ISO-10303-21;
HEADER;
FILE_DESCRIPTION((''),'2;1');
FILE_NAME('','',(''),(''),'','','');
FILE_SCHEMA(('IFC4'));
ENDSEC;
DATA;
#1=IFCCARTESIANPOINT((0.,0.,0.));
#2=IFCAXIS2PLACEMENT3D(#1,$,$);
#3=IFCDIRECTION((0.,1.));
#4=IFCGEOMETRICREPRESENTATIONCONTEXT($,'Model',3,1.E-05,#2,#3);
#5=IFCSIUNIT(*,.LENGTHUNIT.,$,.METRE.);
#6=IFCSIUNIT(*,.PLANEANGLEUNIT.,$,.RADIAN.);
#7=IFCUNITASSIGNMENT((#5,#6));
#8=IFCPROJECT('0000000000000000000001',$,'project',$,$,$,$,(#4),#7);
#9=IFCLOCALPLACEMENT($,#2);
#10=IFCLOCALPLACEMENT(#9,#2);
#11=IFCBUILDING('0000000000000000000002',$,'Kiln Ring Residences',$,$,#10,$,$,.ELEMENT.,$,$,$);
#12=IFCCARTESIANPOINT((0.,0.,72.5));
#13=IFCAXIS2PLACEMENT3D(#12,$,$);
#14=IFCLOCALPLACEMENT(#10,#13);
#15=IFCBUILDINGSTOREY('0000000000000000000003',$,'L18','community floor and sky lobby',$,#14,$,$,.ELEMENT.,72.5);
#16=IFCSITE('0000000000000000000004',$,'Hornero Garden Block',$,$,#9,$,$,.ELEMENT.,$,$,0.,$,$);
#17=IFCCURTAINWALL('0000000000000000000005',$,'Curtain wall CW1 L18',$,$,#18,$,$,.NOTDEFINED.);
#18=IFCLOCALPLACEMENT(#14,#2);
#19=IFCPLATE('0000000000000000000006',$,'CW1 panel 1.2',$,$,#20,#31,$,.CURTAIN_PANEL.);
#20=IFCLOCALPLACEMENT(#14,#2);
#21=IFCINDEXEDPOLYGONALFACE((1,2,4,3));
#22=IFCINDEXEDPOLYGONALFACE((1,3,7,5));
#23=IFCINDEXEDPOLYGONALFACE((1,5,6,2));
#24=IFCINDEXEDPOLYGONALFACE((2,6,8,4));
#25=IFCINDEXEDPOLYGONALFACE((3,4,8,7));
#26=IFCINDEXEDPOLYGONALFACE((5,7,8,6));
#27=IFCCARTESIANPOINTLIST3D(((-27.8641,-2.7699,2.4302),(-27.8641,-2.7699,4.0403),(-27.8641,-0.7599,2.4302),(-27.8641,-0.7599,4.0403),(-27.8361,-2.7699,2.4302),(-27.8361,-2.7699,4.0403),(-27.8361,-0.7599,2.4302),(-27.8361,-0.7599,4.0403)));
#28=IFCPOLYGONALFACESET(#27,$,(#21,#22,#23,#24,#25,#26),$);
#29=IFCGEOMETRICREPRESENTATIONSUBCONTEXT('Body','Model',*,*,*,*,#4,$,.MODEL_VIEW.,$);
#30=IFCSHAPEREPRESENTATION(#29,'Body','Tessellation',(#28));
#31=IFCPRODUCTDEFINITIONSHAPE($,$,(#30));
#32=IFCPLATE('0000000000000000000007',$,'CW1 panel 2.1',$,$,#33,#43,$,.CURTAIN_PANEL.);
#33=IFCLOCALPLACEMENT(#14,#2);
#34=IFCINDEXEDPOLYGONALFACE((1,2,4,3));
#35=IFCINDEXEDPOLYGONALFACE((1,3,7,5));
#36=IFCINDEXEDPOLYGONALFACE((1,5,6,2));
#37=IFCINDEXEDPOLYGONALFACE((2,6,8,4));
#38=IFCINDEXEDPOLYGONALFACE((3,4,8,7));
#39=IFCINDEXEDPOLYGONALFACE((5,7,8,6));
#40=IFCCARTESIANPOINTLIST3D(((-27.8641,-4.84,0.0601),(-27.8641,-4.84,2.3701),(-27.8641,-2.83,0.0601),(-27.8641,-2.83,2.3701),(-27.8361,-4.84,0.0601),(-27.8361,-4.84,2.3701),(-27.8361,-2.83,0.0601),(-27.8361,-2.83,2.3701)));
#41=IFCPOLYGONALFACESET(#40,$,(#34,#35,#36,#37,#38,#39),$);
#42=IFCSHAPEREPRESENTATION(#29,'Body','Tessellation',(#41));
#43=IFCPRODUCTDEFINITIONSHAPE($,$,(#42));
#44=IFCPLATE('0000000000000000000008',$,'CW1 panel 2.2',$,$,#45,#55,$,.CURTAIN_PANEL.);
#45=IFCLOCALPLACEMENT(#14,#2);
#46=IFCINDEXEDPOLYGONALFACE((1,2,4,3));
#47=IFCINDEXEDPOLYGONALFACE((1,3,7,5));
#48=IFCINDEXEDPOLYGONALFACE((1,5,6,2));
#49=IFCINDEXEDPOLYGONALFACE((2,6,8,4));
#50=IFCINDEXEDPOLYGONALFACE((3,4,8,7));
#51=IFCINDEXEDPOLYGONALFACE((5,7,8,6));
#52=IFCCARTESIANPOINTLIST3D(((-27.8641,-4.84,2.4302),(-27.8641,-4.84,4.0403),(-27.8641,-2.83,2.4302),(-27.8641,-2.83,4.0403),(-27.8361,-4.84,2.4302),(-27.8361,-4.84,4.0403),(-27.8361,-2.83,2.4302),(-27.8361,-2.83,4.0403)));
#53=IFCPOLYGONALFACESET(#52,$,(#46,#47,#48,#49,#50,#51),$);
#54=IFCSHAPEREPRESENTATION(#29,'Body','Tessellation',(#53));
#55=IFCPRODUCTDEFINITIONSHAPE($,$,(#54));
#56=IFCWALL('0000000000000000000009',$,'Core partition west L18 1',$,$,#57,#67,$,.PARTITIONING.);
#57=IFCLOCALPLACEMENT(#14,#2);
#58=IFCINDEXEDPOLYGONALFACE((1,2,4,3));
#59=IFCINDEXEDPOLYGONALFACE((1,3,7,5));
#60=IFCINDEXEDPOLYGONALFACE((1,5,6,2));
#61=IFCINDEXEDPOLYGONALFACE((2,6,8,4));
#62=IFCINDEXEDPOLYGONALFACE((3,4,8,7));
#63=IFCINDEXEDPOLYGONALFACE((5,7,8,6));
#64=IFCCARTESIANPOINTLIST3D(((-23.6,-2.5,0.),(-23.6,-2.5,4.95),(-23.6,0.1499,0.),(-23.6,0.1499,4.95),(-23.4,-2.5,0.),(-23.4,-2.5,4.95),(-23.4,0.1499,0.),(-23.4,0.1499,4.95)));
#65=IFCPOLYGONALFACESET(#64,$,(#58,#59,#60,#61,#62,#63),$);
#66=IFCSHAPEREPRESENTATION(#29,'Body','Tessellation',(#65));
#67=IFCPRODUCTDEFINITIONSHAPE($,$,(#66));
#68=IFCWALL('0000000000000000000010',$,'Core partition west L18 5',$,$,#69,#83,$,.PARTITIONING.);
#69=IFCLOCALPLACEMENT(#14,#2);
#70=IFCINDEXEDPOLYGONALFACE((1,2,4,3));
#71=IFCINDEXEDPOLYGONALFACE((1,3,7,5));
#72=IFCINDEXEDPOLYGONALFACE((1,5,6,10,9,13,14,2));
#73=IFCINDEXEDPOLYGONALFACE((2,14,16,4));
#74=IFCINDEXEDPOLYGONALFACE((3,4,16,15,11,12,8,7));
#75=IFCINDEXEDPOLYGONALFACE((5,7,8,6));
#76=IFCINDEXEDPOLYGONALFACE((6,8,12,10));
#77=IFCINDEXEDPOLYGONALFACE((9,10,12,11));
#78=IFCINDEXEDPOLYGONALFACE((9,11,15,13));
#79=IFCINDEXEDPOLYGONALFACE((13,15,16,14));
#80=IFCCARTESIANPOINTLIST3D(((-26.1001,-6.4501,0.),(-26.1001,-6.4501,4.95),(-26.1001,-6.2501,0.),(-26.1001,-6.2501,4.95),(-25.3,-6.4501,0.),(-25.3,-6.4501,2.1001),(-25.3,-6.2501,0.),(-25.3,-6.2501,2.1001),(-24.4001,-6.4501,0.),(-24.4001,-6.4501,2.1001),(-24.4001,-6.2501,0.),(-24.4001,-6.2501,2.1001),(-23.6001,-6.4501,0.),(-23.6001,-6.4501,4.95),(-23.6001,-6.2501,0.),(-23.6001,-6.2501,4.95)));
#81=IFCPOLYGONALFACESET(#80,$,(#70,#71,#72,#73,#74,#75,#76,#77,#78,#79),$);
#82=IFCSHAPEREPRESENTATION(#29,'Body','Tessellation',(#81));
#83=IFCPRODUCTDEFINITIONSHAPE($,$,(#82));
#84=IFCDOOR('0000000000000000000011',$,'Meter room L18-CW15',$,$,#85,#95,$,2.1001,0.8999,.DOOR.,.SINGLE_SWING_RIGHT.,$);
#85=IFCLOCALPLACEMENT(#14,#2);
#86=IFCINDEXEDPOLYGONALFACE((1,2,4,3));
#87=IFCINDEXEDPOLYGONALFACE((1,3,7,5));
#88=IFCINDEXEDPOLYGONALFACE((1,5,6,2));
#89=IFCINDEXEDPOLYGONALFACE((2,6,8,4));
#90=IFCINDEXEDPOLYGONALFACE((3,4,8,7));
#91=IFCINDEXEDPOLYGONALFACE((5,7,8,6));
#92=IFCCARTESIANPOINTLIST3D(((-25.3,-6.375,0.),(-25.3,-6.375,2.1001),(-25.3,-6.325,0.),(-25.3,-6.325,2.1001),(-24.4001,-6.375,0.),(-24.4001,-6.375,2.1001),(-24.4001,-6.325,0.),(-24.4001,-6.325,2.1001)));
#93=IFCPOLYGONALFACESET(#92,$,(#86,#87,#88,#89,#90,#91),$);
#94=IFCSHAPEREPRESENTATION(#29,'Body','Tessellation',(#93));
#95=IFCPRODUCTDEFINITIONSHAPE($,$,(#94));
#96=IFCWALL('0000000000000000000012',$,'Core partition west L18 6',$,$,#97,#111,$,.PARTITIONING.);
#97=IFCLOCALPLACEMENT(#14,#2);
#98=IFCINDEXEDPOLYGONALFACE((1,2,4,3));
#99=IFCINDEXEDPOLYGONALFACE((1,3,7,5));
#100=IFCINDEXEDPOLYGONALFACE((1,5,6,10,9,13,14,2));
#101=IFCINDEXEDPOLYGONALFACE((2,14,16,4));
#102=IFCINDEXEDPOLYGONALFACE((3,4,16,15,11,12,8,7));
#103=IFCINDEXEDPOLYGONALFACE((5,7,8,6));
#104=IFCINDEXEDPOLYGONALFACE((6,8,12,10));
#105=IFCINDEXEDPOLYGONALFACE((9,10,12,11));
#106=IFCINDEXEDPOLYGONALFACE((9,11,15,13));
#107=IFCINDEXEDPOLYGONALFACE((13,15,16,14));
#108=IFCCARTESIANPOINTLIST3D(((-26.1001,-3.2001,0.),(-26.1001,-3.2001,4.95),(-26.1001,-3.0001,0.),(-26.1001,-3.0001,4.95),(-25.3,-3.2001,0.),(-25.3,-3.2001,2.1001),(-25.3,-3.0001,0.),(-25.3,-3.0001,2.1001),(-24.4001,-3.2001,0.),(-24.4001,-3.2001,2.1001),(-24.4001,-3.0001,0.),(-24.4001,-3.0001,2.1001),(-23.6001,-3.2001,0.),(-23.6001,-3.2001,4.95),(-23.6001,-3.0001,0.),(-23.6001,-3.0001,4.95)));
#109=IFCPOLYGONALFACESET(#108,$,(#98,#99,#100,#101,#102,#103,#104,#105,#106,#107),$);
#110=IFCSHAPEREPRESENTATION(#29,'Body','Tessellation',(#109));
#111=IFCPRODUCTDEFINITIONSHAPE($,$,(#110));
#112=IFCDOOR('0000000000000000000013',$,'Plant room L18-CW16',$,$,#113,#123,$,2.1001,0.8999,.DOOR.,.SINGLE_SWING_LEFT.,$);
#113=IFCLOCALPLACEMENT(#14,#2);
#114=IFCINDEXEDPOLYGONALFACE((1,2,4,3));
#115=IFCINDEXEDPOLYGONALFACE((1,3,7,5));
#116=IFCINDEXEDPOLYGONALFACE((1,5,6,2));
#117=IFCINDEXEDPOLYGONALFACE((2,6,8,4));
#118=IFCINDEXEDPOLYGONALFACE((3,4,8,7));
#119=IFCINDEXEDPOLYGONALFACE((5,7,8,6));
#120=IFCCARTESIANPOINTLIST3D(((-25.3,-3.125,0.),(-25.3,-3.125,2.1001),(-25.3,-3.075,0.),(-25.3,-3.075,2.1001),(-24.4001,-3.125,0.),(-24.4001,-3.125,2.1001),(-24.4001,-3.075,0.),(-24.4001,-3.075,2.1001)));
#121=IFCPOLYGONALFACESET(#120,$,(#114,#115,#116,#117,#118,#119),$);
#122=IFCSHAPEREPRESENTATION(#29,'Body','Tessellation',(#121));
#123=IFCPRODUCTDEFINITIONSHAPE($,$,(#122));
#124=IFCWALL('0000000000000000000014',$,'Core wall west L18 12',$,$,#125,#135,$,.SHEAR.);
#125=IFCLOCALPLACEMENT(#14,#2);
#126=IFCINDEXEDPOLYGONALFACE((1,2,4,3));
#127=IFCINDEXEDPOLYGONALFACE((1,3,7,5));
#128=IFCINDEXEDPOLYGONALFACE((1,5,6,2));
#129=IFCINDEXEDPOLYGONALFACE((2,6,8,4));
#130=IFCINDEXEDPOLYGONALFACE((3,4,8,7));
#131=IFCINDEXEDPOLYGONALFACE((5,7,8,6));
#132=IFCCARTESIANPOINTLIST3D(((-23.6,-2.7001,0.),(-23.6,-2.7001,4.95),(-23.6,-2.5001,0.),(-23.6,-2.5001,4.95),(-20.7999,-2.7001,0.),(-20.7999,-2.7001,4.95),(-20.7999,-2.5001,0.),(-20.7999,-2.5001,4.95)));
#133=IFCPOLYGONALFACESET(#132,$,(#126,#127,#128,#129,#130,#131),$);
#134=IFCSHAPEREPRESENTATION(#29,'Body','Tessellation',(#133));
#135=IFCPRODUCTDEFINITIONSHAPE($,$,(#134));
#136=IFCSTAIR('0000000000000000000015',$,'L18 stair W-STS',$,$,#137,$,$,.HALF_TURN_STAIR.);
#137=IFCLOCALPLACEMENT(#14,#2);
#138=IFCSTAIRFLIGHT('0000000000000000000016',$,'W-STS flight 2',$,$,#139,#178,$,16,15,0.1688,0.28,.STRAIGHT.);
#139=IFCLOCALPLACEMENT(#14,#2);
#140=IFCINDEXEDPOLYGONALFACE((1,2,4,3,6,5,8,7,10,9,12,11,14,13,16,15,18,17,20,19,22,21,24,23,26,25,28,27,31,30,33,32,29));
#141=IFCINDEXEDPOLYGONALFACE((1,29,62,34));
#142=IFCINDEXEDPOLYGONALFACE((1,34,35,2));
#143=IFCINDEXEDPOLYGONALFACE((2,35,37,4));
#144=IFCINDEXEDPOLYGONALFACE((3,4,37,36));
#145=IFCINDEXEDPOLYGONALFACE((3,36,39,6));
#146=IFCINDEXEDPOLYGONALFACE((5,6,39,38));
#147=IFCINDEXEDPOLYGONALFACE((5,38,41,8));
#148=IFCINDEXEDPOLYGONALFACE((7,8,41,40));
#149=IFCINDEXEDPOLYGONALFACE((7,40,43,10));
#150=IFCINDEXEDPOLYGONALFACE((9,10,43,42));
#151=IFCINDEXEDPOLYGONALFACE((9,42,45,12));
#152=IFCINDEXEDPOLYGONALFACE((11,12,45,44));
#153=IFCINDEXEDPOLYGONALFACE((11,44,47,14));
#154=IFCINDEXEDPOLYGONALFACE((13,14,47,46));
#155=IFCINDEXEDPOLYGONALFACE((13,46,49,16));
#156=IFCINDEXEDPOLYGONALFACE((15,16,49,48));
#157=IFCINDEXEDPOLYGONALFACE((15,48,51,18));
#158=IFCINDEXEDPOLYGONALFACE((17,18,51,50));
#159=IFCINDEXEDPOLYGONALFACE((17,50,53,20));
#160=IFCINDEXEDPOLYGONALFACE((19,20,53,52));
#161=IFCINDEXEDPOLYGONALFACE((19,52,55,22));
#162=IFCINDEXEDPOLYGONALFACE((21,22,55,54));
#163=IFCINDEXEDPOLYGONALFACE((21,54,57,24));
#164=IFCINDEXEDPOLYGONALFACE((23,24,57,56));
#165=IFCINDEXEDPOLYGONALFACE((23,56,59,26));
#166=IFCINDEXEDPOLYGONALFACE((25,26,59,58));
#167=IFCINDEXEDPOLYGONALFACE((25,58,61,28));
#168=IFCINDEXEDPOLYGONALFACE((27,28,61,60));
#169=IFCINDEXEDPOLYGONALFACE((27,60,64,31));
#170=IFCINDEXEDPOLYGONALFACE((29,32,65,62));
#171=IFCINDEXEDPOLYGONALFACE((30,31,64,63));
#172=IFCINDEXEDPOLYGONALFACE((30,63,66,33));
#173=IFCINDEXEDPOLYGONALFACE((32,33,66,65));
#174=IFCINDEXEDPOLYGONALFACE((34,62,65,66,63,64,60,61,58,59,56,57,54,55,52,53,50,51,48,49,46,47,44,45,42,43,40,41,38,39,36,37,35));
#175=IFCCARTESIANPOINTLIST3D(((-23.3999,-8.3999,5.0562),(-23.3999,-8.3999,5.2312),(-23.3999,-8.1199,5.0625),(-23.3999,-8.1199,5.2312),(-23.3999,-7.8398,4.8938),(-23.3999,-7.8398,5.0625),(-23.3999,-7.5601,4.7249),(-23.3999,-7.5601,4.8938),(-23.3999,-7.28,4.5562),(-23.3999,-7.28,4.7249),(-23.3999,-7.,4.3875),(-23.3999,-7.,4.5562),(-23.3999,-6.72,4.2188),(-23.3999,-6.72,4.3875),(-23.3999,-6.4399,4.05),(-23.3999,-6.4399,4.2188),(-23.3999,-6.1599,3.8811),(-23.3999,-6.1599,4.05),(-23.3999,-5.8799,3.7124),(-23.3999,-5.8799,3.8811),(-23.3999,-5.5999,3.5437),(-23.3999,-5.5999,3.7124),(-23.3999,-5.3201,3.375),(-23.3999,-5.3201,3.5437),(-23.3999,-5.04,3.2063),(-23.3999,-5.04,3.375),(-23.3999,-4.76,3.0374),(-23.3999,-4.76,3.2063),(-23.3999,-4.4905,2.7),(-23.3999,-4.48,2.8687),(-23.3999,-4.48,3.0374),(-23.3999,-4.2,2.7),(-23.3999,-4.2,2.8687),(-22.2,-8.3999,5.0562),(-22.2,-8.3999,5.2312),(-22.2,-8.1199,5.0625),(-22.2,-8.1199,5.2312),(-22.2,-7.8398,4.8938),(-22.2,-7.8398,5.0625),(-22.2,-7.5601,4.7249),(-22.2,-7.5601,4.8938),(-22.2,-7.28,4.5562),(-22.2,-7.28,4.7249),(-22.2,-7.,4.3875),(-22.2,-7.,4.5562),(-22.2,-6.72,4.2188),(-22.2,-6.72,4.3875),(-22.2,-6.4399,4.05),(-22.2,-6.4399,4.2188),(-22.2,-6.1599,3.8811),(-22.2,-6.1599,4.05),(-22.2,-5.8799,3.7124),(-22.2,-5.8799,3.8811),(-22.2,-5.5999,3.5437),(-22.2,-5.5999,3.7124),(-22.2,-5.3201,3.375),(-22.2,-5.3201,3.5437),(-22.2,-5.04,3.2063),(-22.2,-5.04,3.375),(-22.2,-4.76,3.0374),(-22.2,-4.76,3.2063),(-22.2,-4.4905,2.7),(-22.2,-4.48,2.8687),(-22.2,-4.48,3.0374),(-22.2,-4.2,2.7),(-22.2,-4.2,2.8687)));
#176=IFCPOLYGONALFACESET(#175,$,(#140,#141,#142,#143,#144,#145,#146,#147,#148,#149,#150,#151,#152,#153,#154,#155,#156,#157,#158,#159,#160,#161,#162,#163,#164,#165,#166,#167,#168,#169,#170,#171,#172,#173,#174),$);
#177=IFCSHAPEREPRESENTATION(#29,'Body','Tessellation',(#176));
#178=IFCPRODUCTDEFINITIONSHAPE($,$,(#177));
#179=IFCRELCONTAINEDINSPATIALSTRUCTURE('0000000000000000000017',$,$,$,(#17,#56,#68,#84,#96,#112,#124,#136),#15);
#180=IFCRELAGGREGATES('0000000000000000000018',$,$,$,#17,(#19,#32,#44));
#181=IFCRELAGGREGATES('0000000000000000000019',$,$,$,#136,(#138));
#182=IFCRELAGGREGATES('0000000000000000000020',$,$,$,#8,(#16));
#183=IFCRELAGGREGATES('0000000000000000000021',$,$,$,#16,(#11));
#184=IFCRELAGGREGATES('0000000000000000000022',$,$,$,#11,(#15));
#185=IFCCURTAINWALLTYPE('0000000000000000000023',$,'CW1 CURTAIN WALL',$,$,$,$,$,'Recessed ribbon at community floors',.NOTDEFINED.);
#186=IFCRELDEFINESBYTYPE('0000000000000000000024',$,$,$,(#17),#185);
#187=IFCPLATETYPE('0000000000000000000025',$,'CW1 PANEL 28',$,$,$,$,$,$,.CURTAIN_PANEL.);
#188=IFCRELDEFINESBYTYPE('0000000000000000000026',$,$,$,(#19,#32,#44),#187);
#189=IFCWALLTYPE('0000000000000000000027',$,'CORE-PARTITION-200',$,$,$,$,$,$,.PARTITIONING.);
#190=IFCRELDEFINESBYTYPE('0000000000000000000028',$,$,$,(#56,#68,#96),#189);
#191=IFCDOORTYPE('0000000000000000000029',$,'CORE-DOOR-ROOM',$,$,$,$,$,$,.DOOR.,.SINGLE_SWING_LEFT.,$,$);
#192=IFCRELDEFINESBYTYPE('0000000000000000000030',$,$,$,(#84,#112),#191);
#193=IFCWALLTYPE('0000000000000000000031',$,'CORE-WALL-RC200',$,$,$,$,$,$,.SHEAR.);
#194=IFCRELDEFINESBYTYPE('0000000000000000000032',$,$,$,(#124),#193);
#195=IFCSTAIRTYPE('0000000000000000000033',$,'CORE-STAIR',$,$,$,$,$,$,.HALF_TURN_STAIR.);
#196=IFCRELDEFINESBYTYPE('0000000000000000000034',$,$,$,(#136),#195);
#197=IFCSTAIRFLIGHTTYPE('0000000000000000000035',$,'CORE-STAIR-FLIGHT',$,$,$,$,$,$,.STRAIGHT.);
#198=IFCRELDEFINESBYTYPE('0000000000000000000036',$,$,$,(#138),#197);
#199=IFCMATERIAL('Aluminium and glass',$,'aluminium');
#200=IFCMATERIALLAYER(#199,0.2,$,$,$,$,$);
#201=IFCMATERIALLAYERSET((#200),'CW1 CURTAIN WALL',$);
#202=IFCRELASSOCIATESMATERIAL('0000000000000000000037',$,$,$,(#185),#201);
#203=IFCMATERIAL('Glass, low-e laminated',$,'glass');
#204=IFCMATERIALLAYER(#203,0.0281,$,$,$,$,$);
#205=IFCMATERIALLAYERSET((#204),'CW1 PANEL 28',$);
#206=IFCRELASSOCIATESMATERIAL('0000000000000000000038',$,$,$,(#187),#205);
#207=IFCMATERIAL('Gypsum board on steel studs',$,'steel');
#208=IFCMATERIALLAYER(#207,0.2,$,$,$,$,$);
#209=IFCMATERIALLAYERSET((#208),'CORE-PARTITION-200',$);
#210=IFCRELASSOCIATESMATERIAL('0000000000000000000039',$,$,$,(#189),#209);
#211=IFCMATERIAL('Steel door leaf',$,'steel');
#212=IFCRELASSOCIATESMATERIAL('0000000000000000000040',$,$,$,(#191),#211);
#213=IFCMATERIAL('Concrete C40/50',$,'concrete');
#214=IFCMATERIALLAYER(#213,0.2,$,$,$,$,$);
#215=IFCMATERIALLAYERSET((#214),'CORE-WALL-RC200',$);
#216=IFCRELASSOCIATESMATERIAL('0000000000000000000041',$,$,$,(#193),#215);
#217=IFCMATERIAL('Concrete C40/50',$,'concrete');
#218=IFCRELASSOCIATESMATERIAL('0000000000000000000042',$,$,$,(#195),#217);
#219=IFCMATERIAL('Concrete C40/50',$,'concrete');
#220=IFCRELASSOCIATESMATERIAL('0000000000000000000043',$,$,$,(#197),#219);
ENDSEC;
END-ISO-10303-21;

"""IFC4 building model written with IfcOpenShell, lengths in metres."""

from ifc_helpers import new_model, si_unit, direction, frame, frame_2d, origin, origin_2d, place, context, subcontext, project, spatial, polyline, rectangle, outline, extrude, material, layer, layer_set, type_object, element, fill, aggregate, save


model = new_model("IFC4")

# Units and contexts
model_context = context("Model", 3, precision=1e-05, world=origin(), true_north=direction((0.0, 1.0)))
body_context = subcontext(model_context, "Body", "Model", "MODEL_VIEW")
ifc_project = project(units=[si_unit("LENGTHUNIT", "METRE"), si_unit("PLANEANGLEUNIT", "RADIAN")], contexts=[model_context])

# Site, building, storey
site_placement = place(None, origin())
site = spatial("IfcSite", under=ifc_project, at=site_placement, Name="Hornero Garden Block", CompositionType="ELEMENT", RefElevation=0.0)
building_placement = place(site_placement, origin())
building = spatial("IfcBuilding", under=site, at=building_placement, Name="Kiln Ring Residences", CompositionType="ELEMENT")
storey_placement = place(building_placement, frame((0.0, 0.0, 72.5)))
storey = spatial("IfcBuildingStorey", under=building, at=storey_placement, Name="L18", Description="community floor and sky lobby", CompositionType="ELEMENT", Elevation=72.5)

# Curtain wall
ifc_material_1 = material(Name="Aluminium and glass", Category="aluminium")
ifc_layer_1 = layer(ifc_material_1, 0.2)
ifc_layer_set_1 = layer_set([ifc_layer_1], Name="CW1 CURTAIN WALL")
curtain_wall_type = type_object("IfcCurtainWallType", Name="CW1 CURTAIN WALL", ElementType="Recessed ribbon at community floors", PredefinedType="NOTDEFINED", material=ifc_layer_set_1)
placement = place(storey_placement, origin())
curtain_wall_1 = element("IfcCurtainWall", 1, at=placement, inside=storey, type_object=curtain_wall_type, Name="Curtain wall CW1 L18", PredefinedType="NOTDEFINED")

# Plates
ifc_material_2 = material(Name="Glass, low-e laminated", Category="glass")
ifc_layer_2 = layer(ifc_material_2, 0.0281)
ifc_layer_set_2 = layer_set([ifc_layer_2], Name="CW1 PANEL 28")
plate_type = type_object("IfcPlateType", Name="CW1 PANEL 28", PredefinedType="CURTAIN_PANEL", material=ifc_layer_set_2)
plate_1_placement = place(storey_placement, frame((-27.8501, -1.7649, 2.4302), z_axis=(0.0, 0.0, 1.0), x_axis=(0.0, -1.0, 0.0)))
plate_1 = element("IfcPlate", 2, at=plate_1_placement, type_object=plate_type, Name="CW1 panel 1.2", PredefinedType="CURTAIN_PANEL", context=body_context, shape_type="SweptSolid", body=[
    extrude(rectangle(XDim=2.01, YDim=0.0281, at=origin_2d()), origin(), (0.0, 0.0, 1.0), 1.6101),
])
plate_2_placement = place(storey_placement, frame((-27.8501, -3.835, 0.0601), z_axis=(0.0, 0.0, 1.0), x_axis=(0.0, -1.0, 0.0)))
plate_2 = element("IfcPlate", 3, at=plate_2_placement, type_object=plate_type, Name="CW1 panel 2.1", PredefinedType="CURTAIN_PANEL", context=body_context, shape_type="SweptSolid", body=[
    extrude(rectangle(XDim=2.01, YDim=0.0281, at=origin_2d()), origin(), (0.0, 0.0, 1.0), 2.3101),
])
plate_3_placement = place(storey_placement, frame((-27.8501, -3.835, 2.4302), z_axis=(0.0, 0.0, 1.0), x_axis=(0.0, -1.0, 0.0)))
plate_3 = element("IfcPlate", 4, at=plate_3_placement, type_object=plate_type, Name="CW1 panel 2.2", PredefinedType="CURTAIN_PANEL", context=body_context, shape_type="SweptSolid", body=[
    extrude(rectangle(XDim=2.01, YDim=0.0281, at=origin_2d()), origin(), (0.0, 0.0, 1.0), 1.6101),
])
aggregate(curtain_wall_1, [plate_1, plate_2, plate_3])

# Wall
ifc_material_3 = material(Name="Gypsum board on steel studs", Category="steel")
ifc_layer_3 = layer(ifc_material_3, 0.2)
ifc_layer_set_3 = layer_set([ifc_layer_3], Name="CORE-PARTITION-200")
wall_type_1 = type_object("IfcWallType", Name="CORE-PARTITION-200", PredefinedType="PARTITIONING", material=ifc_layer_set_3)
wall_1_placement = place(storey_placement, frame((-23.5, -2.5, 0.0), z_axis=(0.0, 0.0, 1.0), x_axis=(0.0, 1.0, 0.0)))
element("IfcWall", 5, at=wall_1_placement, inside=storey, type_object=wall_type_1, Name="Core partition west L18 1", PredefinedType="PARTITIONING", context=body_context, shape_type="SweptSolid", body=[
    extrude(rectangle(XDim=2.6499, YDim=0.2, at=frame_2d((1.325, 0.0))), origin(), (0.0, 0.0, 1.0), 4.95),
])

# Walls, openings, doors
wall_2_placement = place(storey_placement, frame((-23.6001, -6.3501, 0.0), z_axis=(0.0, 0.0, 1.0), x_axis=(-1.0, 0.0, 0.0)))
wall_2 = element("IfcWall", 6, at=wall_2_placement, inside=storey, type_object=wall_type_1, Name="Core partition west L18 5", PredefinedType="PARTITIONING", context=body_context, shape_type="SweptSolid", body=[
    extrude(rectangle(XDim=2.5, YDim=0.2, at=frame_2d((1.25, 0.0))), origin(), (0.0, 0.0, 1.0), 4.95),
])
opening_1_placement = place(wall_2_placement, frame((0.8, 0.0, 0.0)))
opening_1 = element("IfcOpeningElement", 7, at=opening_1_placement, cuts=wall_2, PredefinedType="OPENING", context=body_context, shape_type="SweptSolid", body=[
    extrude(rectangle(XDim=0.8999, YDim=2.1001, at=frame_2d((0.45, 1.05))), frame((0.0, 0.1099, 0.0), z_axis=(0.0, -1.0, 0.0), x_axis=(1.0, 0.0, 0.0)), (0.0, 0.0, 1.0), 0.22),
])
ifc_material_4 = material(Name="Steel door leaf", Category="steel")
door_type = type_object("IfcDoorType", Name="CORE-DOOR-ROOM", OperationType="SINGLE_SWING_LEFT", PredefinedType="DOOR", material=ifc_material_4)
door_1_placement = place(opening_1_placement, origin())
door_1 = element("IfcDoor", 8, at=door_1_placement, inside=storey, type_object=door_type, Name="Meter room L18-CW15", OperationType="SINGLE_SWING_RIGHT", OverallHeight=2.1001, OverallWidth=0.8999, PredefinedType="DOOR", context=body_context, shape_type="SweptSolid", body=[
    extrude(rectangle(XDim=0.8999, YDim=2.1001, at=frame_2d((0.45, 1.05))), frame((0.0, 0.0249, 0.0), z_axis=(0.0, -1.0, 0.0), x_axis=(1.0, 0.0, 0.0)), (0.0, 0.0, 1.0), 0.05),
])
fill(opening_1, door_1)
wall_3_placement = place(storey_placement, frame((-23.6001, -3.1001, 0.0), z_axis=(0.0, 0.0, 1.0), x_axis=(-1.0, 0.0, 0.0)))
wall_3 = element("IfcWall", 9, at=wall_3_placement, inside=storey, type_object=wall_type_1, Name="Core partition west L18 6", PredefinedType="PARTITIONING", context=body_context, shape_type="SweptSolid", body=[
    extrude(rectangle(XDim=2.5, YDim=0.2, at=frame_2d((1.25, 0.0))), origin(), (0.0, 0.0, 1.0), 4.95),
])
opening_2_placement = place(wall_3_placement, frame((0.8, 0.0, 0.0)))
opening_2 = element("IfcOpeningElement", 10, at=opening_2_placement, cuts=wall_3, PredefinedType="OPENING", context=body_context, shape_type="SweptSolid", body=[
    extrude(rectangle(XDim=0.8999, YDim=2.1001, at=frame_2d((0.45, 1.05))), frame((0.0, 0.1099, 0.0), z_axis=(0.0, -1.0, 0.0), x_axis=(1.0, 0.0, 0.0)), (0.0, 0.0, 1.0), 0.22),
])
door_2_placement = place(opening_2_placement, origin())
door_2 = element("IfcDoor", 11, at=door_2_placement, inside=storey, type_object=door_type, Name="Plant room L18-CW16", OperationType="SINGLE_SWING_LEFT", OverallHeight=2.1001, OverallWidth=0.8999, PredefinedType="DOOR", context=body_context, shape_type="SweptSolid", body=[
    extrude(rectangle(XDim=0.8999, YDim=2.1001, at=frame_2d((0.45, 1.05))), frame((0.0, 0.0249, 0.0), z_axis=(0.0, -1.0, 0.0), x_axis=(1.0, 0.0, 0.0)), (0.0, 0.0, 1.0), 0.05),
])
fill(opening_2, door_2)

# Wall
ifc_material_5 = material(Name="Concrete C40/50", Category="concrete")
ifc_layer_4 = layer(ifc_material_5, 0.2)
ifc_layer_set_4 = layer_set([ifc_layer_4], Name="CORE-WALL-RC200")
wall_type_2 = type_object("IfcWallType", Name="CORE-WALL-RC200", PredefinedType="SHEAR", material=ifc_layer_set_4)
wall_4_placement = place(storey_placement, frame((-20.8, -2.6001, 0.0), z_axis=(0.0, 0.0, 1.0), x_axis=(-1.0, 0.0, 0.0)))
element("IfcWall", 12, at=wall_4_placement, inside=storey, type_object=wall_type_2, Name="Core wall west L18 12", PredefinedType="SHEAR", context=body_context, shape_type="SweptSolid", body=[
    extrude(rectangle(XDim=2.8, YDim=0.2, at=frame_2d((1.3999, 0.0))), origin(), (0.0, 0.0, 1.0), 4.95),
])

# Stair, stair flight
ifc_material_6 = material(Name="Concrete C40/50", Category="concrete")
stair_type = type_object("IfcStairType", Name="CORE-STAIR", PredefinedType="HALF_TURN_STAIR", material=ifc_material_6)
stair = element("IfcStair", 13, at=placement, inside=storey, type_object=stair_type, Name="L18 stair W-STS", PredefinedType="HALF_TURN_STAIR")
ifc_material_7 = material(Name="Concrete C40/50", Category="concrete")
stair_flight_type = type_object("IfcStairFlightType", Name="CORE-STAIR-FLIGHT", PredefinedType="STRAIGHT", material=ifc_material_7)
stair_flight_placement = place(storey_placement, frame((-22.8, -4.2, 2.7), z_axis=(0.0, 0.0, 1.0), x_axis=(0.0, -1.0, 0.0)))
stair_flight = element("IfcStairFlight", 14, at=stair_flight_placement, type_object=stair_flight_type, Name="W-STS flight 2", NumberOfRisers=16, NumberOfTreads=15, PredefinedType="STRAIGHT", RiserHeight=0.1688, TreadLength=0.28, context=body_context, shape_type="SweptSolid", body=[
    extrude(outline(polyline([(0.0, 0.0), (0.0, 0.1687), (0.28, 0.1687), (0.28, 0.3374), (0.5601, 0.3374), (0.5601, 0.5063), (0.8401, 0.5063), (0.8401, 0.675), (1.1201, 0.675), (1.1201, 0.8438), (1.3999, 0.8438), (1.3999, 1.0125), (1.6799, 1.0125), (1.6799, 1.1812), (1.96, 1.1812), (1.96, 1.3501), (2.24, 1.3501), (2.24, 1.5188), (2.52, 1.5188), (2.52, 1.6875), (2.8, 1.6875), (2.8, 1.8562), (3.0801, 1.8562), (3.0801, 2.0249), (3.3601, 2.0249), (3.3601, 2.1938), (3.6399, 2.1938), (3.6399, 2.3625), (3.9199, 2.3625), (3.9199, 2.5312), (4.2, 2.5312), (4.2, 2.7), (4.2, 2.3562), (0.2905, 0.0), (0.0, 0.0)])), frame((0.0, 0.6001, 0.0), z_axis=(0.0, -1.0, 0.0), x_axis=(1.0, 0.0, 0.0)), (0.0, 0.0, 1.0), 1.2),
])
aggregate(stair, [stair_flight])

save(model, "model.ifc")
